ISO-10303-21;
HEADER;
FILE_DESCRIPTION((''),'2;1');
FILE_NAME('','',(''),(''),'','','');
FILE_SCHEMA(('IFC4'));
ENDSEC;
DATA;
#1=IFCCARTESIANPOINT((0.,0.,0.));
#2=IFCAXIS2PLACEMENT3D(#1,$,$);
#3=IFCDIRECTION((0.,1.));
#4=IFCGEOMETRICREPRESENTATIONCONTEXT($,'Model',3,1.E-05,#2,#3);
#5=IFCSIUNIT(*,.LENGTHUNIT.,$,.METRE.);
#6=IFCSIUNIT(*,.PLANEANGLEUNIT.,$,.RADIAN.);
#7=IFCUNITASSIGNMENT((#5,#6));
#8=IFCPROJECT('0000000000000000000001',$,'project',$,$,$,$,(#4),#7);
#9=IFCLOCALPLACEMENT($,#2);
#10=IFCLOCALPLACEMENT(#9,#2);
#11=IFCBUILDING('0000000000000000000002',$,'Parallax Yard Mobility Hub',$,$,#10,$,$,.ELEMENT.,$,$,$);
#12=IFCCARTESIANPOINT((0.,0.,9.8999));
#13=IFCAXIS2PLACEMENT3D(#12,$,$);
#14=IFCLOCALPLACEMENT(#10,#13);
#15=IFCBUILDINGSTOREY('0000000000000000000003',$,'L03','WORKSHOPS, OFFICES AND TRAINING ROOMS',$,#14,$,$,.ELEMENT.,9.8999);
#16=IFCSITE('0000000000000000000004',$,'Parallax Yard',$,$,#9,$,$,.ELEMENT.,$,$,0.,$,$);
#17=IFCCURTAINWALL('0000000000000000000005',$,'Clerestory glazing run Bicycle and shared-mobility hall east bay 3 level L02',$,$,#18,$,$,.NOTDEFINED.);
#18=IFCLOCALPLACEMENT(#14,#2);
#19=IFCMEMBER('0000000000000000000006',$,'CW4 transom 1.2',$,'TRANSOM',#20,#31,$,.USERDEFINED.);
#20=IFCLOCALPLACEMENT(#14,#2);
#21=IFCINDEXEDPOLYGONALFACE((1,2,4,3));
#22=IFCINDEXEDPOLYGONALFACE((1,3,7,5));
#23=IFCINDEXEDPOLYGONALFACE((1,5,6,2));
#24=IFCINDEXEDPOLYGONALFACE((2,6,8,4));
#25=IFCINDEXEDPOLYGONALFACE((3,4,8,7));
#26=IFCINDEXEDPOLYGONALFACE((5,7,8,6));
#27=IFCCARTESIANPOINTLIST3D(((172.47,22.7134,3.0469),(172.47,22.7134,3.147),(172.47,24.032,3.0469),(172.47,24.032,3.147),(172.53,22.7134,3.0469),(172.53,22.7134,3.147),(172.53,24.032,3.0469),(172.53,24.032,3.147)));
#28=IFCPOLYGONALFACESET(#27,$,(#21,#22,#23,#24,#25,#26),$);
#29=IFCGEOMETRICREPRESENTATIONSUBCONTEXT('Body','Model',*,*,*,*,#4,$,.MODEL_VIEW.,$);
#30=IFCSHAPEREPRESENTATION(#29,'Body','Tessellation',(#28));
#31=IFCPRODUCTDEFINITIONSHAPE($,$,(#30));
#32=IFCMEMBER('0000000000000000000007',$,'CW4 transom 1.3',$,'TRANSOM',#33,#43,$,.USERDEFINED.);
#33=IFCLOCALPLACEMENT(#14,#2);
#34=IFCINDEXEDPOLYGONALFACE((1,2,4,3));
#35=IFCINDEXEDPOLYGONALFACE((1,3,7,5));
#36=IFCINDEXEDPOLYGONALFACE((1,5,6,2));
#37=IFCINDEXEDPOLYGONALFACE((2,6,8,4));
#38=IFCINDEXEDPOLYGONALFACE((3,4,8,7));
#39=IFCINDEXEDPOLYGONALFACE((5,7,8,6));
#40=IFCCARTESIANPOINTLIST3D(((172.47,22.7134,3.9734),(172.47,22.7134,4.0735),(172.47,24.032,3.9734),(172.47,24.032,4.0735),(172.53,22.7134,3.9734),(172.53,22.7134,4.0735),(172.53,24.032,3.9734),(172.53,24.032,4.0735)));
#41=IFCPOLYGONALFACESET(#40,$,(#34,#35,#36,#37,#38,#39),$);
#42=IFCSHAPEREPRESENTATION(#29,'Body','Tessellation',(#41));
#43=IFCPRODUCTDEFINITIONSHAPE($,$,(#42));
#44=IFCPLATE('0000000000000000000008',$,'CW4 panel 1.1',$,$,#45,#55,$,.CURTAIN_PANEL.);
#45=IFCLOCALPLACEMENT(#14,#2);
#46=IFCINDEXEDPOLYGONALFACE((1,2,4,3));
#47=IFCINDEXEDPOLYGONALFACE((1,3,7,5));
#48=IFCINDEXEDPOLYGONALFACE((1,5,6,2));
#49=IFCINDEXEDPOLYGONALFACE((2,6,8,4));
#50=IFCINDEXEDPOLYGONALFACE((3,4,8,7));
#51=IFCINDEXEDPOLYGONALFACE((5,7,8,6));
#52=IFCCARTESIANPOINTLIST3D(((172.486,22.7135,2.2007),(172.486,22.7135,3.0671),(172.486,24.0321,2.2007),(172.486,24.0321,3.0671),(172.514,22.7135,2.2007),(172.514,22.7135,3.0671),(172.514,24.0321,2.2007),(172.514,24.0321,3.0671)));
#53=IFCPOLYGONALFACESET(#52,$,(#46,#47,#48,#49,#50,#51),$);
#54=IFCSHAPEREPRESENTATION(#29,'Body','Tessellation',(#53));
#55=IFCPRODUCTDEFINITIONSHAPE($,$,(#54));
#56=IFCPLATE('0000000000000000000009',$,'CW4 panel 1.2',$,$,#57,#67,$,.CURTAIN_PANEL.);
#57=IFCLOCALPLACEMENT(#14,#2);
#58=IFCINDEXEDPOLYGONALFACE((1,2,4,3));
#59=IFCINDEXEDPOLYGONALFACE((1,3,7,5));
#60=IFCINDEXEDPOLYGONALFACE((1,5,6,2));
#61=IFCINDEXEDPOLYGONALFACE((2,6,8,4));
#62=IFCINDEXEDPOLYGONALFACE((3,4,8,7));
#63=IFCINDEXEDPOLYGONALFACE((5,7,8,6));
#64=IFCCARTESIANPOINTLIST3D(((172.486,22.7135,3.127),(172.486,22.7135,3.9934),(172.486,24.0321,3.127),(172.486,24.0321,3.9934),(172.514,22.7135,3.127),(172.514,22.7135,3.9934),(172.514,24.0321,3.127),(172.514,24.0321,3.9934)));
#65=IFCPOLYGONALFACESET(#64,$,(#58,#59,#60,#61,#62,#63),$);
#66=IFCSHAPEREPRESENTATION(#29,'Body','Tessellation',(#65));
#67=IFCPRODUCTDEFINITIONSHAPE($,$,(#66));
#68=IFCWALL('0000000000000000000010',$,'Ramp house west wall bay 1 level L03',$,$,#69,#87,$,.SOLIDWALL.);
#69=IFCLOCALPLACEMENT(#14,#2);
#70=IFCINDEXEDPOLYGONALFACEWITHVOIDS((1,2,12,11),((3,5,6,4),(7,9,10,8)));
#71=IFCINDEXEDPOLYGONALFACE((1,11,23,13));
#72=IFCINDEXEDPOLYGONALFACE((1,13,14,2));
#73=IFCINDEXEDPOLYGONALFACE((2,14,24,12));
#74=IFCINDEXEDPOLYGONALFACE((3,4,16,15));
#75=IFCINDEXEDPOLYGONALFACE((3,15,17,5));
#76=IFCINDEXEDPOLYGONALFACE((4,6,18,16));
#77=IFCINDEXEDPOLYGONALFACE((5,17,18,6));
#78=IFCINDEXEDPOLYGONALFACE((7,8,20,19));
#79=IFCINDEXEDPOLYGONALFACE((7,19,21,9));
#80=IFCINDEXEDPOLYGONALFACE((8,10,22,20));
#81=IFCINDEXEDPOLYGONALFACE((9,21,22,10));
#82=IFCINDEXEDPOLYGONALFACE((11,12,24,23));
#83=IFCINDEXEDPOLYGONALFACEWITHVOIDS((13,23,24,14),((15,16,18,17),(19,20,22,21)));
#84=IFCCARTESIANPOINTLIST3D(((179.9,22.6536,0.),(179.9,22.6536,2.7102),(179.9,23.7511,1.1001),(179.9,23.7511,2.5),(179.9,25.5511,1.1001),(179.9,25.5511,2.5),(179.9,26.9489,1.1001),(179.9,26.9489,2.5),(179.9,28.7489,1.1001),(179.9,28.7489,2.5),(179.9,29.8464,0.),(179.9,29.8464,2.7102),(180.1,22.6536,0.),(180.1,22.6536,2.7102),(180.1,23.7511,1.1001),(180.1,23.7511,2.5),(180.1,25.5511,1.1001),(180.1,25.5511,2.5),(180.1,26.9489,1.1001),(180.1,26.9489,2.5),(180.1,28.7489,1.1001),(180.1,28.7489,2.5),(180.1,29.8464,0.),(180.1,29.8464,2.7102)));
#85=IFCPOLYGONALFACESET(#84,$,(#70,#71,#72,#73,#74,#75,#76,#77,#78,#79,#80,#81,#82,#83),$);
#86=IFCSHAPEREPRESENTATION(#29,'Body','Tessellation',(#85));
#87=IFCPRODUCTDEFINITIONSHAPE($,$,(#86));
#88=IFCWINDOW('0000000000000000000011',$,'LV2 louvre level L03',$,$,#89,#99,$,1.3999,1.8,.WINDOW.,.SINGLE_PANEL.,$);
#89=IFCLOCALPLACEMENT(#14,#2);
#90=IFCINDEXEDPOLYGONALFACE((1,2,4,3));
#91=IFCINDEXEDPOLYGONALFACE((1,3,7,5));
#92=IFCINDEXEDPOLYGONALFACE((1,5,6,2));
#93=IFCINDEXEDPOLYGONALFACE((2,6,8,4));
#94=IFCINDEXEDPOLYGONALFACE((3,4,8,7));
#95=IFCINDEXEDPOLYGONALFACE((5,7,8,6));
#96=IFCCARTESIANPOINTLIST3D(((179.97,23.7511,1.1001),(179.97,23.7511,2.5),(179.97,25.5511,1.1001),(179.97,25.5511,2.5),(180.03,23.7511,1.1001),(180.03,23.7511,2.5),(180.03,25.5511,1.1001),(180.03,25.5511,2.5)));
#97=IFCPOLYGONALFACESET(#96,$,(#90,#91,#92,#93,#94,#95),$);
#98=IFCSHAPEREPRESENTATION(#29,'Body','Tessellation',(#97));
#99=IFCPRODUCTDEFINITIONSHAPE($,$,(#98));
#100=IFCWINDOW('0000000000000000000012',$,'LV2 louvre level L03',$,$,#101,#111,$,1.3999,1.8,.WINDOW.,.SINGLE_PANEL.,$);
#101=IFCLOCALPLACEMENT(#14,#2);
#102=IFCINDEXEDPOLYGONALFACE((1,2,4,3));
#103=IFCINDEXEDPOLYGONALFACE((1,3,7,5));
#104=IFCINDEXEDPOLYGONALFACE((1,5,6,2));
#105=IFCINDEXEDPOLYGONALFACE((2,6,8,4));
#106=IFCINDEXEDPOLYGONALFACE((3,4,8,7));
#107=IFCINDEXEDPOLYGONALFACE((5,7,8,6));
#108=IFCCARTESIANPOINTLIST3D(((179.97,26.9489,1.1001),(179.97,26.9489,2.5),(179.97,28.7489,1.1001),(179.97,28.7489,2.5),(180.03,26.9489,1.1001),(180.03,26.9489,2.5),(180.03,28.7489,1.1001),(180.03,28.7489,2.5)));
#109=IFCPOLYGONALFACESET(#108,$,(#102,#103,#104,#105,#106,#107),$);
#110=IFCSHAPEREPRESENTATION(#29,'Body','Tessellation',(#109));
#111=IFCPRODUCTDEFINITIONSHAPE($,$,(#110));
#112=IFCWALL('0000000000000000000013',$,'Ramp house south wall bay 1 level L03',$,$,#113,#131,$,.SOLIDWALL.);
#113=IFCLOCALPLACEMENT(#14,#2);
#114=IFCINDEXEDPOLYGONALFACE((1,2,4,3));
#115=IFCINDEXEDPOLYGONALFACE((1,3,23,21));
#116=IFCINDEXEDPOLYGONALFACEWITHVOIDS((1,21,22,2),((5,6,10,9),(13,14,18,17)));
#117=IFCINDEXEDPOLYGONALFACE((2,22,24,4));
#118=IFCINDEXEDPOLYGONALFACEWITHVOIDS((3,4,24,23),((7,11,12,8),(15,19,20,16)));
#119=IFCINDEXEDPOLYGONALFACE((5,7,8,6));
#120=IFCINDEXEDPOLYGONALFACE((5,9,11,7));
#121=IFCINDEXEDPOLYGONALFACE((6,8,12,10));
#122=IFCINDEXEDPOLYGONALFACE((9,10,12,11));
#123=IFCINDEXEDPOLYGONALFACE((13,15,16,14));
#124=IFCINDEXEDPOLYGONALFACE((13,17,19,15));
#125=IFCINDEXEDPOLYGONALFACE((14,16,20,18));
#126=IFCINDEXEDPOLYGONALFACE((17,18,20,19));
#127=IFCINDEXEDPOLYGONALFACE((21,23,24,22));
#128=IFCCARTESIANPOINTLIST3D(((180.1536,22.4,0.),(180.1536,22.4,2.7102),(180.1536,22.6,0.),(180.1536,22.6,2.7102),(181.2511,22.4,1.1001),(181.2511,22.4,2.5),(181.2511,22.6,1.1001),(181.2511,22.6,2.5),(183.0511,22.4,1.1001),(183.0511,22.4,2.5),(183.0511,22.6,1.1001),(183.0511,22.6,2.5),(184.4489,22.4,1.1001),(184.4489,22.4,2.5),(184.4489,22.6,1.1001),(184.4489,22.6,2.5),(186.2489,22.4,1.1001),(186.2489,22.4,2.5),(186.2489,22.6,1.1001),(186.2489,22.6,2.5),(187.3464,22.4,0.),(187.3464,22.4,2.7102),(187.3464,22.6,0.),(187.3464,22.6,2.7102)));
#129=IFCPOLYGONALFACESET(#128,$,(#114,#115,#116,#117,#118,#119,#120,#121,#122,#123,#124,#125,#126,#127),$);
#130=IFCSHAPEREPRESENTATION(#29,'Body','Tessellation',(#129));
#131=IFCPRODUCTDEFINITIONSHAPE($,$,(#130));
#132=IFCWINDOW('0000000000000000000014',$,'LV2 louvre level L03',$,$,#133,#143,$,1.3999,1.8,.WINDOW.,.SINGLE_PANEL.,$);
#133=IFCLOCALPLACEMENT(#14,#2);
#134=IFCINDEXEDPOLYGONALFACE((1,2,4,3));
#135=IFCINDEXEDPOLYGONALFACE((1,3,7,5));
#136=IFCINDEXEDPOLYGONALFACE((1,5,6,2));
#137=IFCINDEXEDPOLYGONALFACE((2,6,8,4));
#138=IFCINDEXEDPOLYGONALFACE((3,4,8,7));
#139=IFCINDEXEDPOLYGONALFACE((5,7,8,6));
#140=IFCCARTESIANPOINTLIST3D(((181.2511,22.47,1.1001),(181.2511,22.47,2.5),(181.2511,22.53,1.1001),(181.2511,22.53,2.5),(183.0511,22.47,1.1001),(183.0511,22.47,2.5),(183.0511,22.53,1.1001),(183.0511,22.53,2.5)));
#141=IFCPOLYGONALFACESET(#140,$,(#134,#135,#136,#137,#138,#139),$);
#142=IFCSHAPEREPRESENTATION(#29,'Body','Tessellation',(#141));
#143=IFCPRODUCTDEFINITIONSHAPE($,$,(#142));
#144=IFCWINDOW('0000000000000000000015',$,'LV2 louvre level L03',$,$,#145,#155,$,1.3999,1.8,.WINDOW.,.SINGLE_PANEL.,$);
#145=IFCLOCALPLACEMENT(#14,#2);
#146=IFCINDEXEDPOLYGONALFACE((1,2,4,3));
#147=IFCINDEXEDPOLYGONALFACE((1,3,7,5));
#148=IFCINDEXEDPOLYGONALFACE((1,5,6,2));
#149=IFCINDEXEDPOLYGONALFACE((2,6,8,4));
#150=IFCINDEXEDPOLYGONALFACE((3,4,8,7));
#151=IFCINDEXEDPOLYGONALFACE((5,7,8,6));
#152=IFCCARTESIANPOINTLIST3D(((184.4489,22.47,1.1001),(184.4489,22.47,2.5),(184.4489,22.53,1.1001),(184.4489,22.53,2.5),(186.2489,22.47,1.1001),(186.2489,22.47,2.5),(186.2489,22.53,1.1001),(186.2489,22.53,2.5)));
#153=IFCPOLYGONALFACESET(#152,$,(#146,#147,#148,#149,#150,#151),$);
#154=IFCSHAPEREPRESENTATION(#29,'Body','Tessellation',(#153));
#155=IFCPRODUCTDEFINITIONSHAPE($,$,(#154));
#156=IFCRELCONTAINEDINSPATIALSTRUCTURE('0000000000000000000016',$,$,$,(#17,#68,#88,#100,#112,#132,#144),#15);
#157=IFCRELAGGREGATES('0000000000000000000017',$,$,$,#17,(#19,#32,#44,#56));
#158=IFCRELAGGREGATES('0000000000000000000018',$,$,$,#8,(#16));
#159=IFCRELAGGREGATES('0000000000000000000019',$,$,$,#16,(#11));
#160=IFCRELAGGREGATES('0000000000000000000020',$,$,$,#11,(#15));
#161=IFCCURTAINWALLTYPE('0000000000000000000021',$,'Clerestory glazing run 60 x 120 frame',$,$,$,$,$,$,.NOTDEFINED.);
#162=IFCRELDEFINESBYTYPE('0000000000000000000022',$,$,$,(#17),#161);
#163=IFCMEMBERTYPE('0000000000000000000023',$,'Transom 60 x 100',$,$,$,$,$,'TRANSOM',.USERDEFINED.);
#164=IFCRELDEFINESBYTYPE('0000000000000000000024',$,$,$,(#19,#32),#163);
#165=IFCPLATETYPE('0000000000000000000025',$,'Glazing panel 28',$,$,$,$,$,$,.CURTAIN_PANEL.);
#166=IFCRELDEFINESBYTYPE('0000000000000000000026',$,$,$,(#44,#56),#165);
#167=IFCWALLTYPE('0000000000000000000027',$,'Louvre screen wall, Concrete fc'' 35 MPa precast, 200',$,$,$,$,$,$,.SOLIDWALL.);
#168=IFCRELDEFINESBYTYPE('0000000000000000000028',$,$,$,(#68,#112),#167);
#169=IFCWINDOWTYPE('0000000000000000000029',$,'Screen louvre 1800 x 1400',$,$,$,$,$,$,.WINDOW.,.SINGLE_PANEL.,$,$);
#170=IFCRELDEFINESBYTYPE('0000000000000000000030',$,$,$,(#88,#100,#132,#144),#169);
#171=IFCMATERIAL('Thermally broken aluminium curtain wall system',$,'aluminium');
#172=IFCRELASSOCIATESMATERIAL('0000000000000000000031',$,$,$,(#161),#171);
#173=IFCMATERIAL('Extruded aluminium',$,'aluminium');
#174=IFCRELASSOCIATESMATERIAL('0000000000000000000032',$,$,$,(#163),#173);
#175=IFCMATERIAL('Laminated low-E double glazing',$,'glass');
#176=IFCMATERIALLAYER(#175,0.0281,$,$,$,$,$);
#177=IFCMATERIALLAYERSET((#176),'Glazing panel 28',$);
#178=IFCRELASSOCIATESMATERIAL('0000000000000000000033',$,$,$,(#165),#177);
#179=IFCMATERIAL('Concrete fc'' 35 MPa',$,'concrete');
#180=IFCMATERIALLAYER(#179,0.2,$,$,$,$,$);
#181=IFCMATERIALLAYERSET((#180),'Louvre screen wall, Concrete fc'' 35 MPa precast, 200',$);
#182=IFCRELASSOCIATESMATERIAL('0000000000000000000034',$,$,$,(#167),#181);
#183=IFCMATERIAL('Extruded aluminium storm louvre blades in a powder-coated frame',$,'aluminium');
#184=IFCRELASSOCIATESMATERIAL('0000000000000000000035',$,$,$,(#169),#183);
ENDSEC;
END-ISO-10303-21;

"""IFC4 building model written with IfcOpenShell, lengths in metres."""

from ifc_helpers import new_model, si_unit, direction, frame, frame_2d, origin, origin_2d, place, context, subcontext, project, spatial, rectangle, extrude, material, layer, layer_set, material_profile, profile_set, type_object, element, fill, aggregate, save


model = new_model("IFC4")

# Units and contexts
model_context = context("Model", 3, precision=1e-05, world=origin(), true_north=direction((0.0, 1.0)))
body_context = subcontext(model_context, "Body", "Model", "MODEL_VIEW")
ifc_project = project(units=[si_unit("LENGTHUNIT", "METRE"), si_unit("PLANEANGLEUNIT", "RADIAN")], contexts=[model_context])

# Site, building, storey
site_placement = place(None, origin())
site = spatial("IfcSite", under=ifc_project, at=site_placement, Name="Parallax Yard", CompositionType="ELEMENT", RefElevation=0.0)
building_placement = place(site_placement, origin())
building = spatial("IfcBuilding", under=site, at=building_placement, Name="Parallax Yard Mobility Hub", CompositionType="ELEMENT")
storey_placement = place(building_placement, frame((0.0, 0.0, 9.8999)))
storey = spatial("IfcBuildingStorey", under=building, at=storey_placement, Name="L03", Description="WORKSHOPS, OFFICES AND TRAINING ROOMS", CompositionType="ELEMENT", Elevation=9.8999)

# Curtain wall
ifc_material_1 = material(Name="Thermally broken aluminium curtain wall system", Category="aluminium")
curtain_wall_type = type_object("IfcCurtainWallType", Name="Clerestory glazing run 60 x 120 frame", PredefinedType="NOTDEFINED", material=ifc_material_1)
curtain_wall_1_placement = place(storey_placement, origin())
curtain_wall_1 = element("IfcCurtainWall", 1, at=curtain_wall_1_placement, inside=storey, type_object=curtain_wall_type, Name="Clerestory glazing run Bicycle and shared-mobility hall east bay 3 level L02", PredefinedType="NOTDEFINED")
ifc_material_2 = material(Name="Extruded aluminium", Category="aluminium")

# Members
ifc_material_profile_1 = material_profile(ifc_material_2, rectangle(XDim=0.0601, YDim=0.1001, at=origin_2d()), Name="Transom 60 x 100")
ifc_profile_set_1 = profile_set([ifc_material_profile_1], Name="Extruded aluminium")
member_type_1 = type_object("IfcMemberType", Name="Transom 60 x 100", ElementType="TRANSOM", PredefinedType="USERDEFINED", material=ifc_profile_set_1)
member_1_placement = place(storey_placement, frame((172.5, 22.7134, 3.0969), z_axis=(0.0, 1.0, 0.0), x_axis=(-1.0, 0.0, 0.0)))
member_1 = element("IfcMember", 2, at=member_1_placement, type_object=member_type_1, Name="CW4 transom 1.2", ObjectType="TRANSOM", PredefinedType="USERDEFINED", context=body_context, shape_type="SweptSolid", body=[
    extrude(rectangle(XDim=0.0601, YDim=0.1001, at=origin_2d()), origin(), (0.0, 0.0, 1.0), 1.3186),
])
member_2_placement = place(storey_placement, frame((172.5, 22.7134, 4.0234), z_axis=(0.0, 1.0, 0.0), x_axis=(-1.0, 0.0, 0.0)))
member_2 = element("IfcMember", 3, at=member_2_placement, type_object=member_type_1, Name="CW4 transom 1.3", ObjectType="TRANSOM", PredefinedType="USERDEFINED", context=body_context, shape_type="SweptSolid", body=[
    extrude(rectangle(XDim=0.0601, YDim=0.1001, at=origin_2d()), origin(), (0.0, 0.0, 1.0), 1.3186),
])

# Plates
ifc_material_3 = material(Name="Laminated low-E double glazing", Category="glass")
ifc_layer_1 = layer(ifc_material_3, 0.0281)
ifc_layer_set_1 = layer_set([ifc_layer_1], Name="Glazing panel 28")
plate_type = type_object("IfcPlateType", Name="Glazing panel 28", PredefinedType="CURTAIN_PANEL", material=ifc_layer_set_1)
plate_1_placement = place(storey_placement, frame((172.5, 23.3728, 2.2007), z_axis=(0.0, 0.0, 1.0), x_axis=(0.0, 1.0, 0.0)))
plate_1 = element("IfcPlate", 4, at=plate_1_placement, type_object=plate_type, Name="CW4 panel 1.1", PredefinedType="CURTAIN_PANEL", context=body_context, shape_type="SweptSolid", body=[
    extrude(rectangle(XDim=1.3186, YDim=0.0281, at=origin_2d()), origin(), (0.0, 0.0, 1.0), 0.8665),
])
plate_2_placement = place(storey_placement, frame((172.5, 23.3728, 3.127), z_axis=(0.0, 0.0, 1.0), x_axis=(0.0, 1.0, 0.0)))
plate_2 = element("IfcPlate", 5, at=plate_2_placement, type_object=plate_type, Name="CW4 panel 1.2", PredefinedType="CURTAIN_PANEL", context=body_context, shape_type="SweptSolid", body=[
    extrude(rectangle(XDim=1.3186, YDim=0.0281, at=origin_2d()), origin(), (0.0, 0.0, 1.0), 0.8665),
])
aggregate(curtain_wall_1, [member_1, member_2, plate_1, plate_2])

# Walls, openings, windows
ifc_material_4 = material(Name="Concrete fc' 35 MPa", Category="concrete")
ifc_layer_2 = layer(ifc_material_4, 0.2)
ifc_layer_set_2 = layer_set([ifc_layer_2], Name="Louvre screen wall, Concrete fc' 35 MPa precast, 200")
wall_type = type_object("IfcWallType", Name="Louvre screen wall, Concrete fc' 35 MPa precast, 200", PredefinedType="SOLIDWALL", material=ifc_layer_set_2)
wall_1_placement = place(storey_placement, frame((180.0, 22.6536, 0.0), z_axis=(0.0, 0.0, 1.0), x_axis=(0.0, 1.0, 0.0)))
wall_1 = element("IfcWall", 6, at=wall_1_placement, inside=storey, type_object=wall_type, Name="Ramp house west wall bay 1 level L03", PredefinedType="SOLIDWALL", context=body_context, shape_type="SweptSolid", body=[
    extrude(rectangle(XDim=7.1929, YDim=0.2, at=frame_2d((3.5964, 0.0))), origin(), (0.0, 0.0, 1.0), 2.7102),
])
opening_1_placement = place(wall_1_placement, frame((1.0977, 0.0, 1.1001)))
opening_1 = element("IfcOpeningElement", 7, at=opening_1_placement, cuts=wall_1, PredefinedType="OPENING", context=body_context, shape_type="SweptSolid", body=[
    extrude(rectangle(XDim=1.8, YDim=1.3999, at=frame_2d((0.8999, 0.7))), frame((0.0, 0.1099, 0.0), z_axis=(0.0, -1.0, 0.0), x_axis=(1.0, 0.0, 0.0)), (0.0, 0.0, 1.0), 0.22),
])
opening_2_placement = place(wall_1_placement, frame((4.2954, 0.0, 1.1001)))
opening_2 = element("IfcOpeningElement", 8, at=opening_2_placement, cuts=wall_1, PredefinedType="OPENING", context=body_context, shape_type="SweptSolid", body=[
    extrude(rectangle(XDim=1.8, YDim=1.3999, at=frame_2d((0.8999, 0.7))), frame((0.0, 0.1099, 0.0), z_axis=(0.0, -1.0, 0.0), x_axis=(1.0, 0.0, 0.0)), (0.0, 0.0, 1.0), 0.22),
])
ifc_material_5 = material(Name="Extruded aluminium storm louvre blades in a powder-coated frame", Category="aluminium")
window_type = type_object("IfcWindowType", Name="Screen louvre 1800 x 1400", PartitioningType="SINGLE_PANEL", PredefinedType="WINDOW", material=ifc_material_5)
window_1_placement = place(opening_1_placement, origin())
window_1 = element("IfcWindow", 9, at=window_1_placement, inside=storey, type_object=window_type, Name="LV2 louvre level L03", OverallHeight=1.3999, OverallWidth=1.8, PartitioningType="SINGLE_PANEL", PredefinedType="WINDOW", context=body_context, shape_type="SweptSolid", body=[
    extrude(rectangle(XDim=1.8, YDim=1.3999, at=frame_2d((0.8999, 0.7))), frame((0.0, 0.03, 0.0), z_axis=(0.0, -1.0, 0.0), x_axis=(1.0, 0.0, 0.0)), (0.0, 0.0, 1.0), 0.0601),
])
fill(opening_1, window_1)
window_2_placement = place(opening_2_placement, origin())
window_2 = element("IfcWindow", 10, at=window_2_placement, inside=storey, type_object=window_type, Name="LV2 louvre level L03", OverallHeight=1.3999, OverallWidth=1.8, PartitioningType="SINGLE_PANEL", PredefinedType="WINDOW", context=body_context, shape_type="SweptSolid", body=[
    extrude(rectangle(XDim=1.8, YDim=1.3999, at=frame_2d((0.8999, 0.7))), frame((0.0, 0.03, 0.0), z_axis=(0.0, -1.0, 0.0), x_axis=(1.0, 0.0, 0.0)), (0.0, 0.0, 1.0), 0.0601),
])
fill(opening_2, window_2)
wall_2_placement = place(storey_placement, frame((180.1536, 22.5, 0.0), z_axis=(0.0, 0.0, 1.0), x_axis=(1.0, 0.0, 0.0)))
wall_2 = element("IfcWall", 11, at=wall_2_placement, inside=storey, type_object=wall_type, Name="Ramp house south wall bay 1 level L03", PredefinedType="SOLIDWALL", context=body_context, shape_type="SweptSolid", body=[
    extrude(rectangle(XDim=7.1929, YDim=0.2, at=frame_2d((3.5964, 0.0))), origin(), (0.0, 0.0, 1.0), 2.7102),
])
opening_3_placement = place(wall_2_placement, frame((1.0977, 0.0, 1.1001)))
opening_3 = element("IfcOpeningElement", 12, at=opening_3_placement, cuts=wall_2, PredefinedType="OPENING", context=body_context, shape_type="SweptSolid", body=[
    extrude(rectangle(XDim=1.8, YDim=1.3999, at=frame_2d((0.8999, 0.7))), frame((0.0, 0.1099, 0.0), z_axis=(0.0, -1.0, 0.0), x_axis=(1.0, 0.0, 0.0)), (0.0, 0.0, 1.0), 0.22),
])
opening_4_placement = place(wall_2_placement, frame((4.2954, 0.0, 1.1001)))
opening_4 = element("IfcOpeningElement", 13, at=opening_4_placement, cuts=wall_2, PredefinedType="OPENING", context=body_context, shape_type="SweptSolid", body=[
    extrude(rectangle(XDim=1.8, YDim=1.3999, at=frame_2d((0.8999, 0.7))), frame((0.0, 0.1099, 0.0), z_axis=(0.0, -1.0, 0.0), x_axis=(1.0, 0.0, 0.0)), (0.0, 0.0, 1.0), 0.22),
])
window_3_placement = place(opening_3_placement, origin())
window_3 = element("IfcWindow", 14, at=window_3_placement, inside=storey, type_object=window_type, Name="LV2 louvre level L03", OverallHeight=1.3999, OverallWidth=1.8, PartitioningType="SINGLE_PANEL", PredefinedType="WINDOW", context=body_context, shape_type="SweptSolid", body=[
    extrude(rectangle(XDim=1.8, YDim=1.3999, at=frame_2d((0.8999, 0.7))), frame((0.0, 0.03, 0.0), z_axis=(0.0, -1.0, 0.0), x_axis=(1.0, 0.0, 0.0)), (0.0, 0.0, 1.0), 0.0601),
])
fill(opening_3, window_3)
window_4_placement = place(opening_4_placement, origin())
window_4 = element("IfcWindow", 15, at=window_4_placement, inside=storey, type_object=window_type, Name="LV2 louvre level L03", OverallHeight=1.3999, OverallWidth=1.8, PartitioningType="SINGLE_PANEL", PredefinedType="WINDOW", context=body_context, shape_type="SweptSolid", body=[
    extrude(rectangle(XDim=1.8, YDim=1.3999, at=frame_2d((0.8999, 0.7))), frame((0.0, 0.03, 0.0), z_axis=(0.0, -1.0, 0.0), x_axis=(1.0, 0.0, 0.0)), (0.0, 0.0, 1.0), 0.0601),
])
fill(opening_4, window_4)

save(model, "model.ifc")
